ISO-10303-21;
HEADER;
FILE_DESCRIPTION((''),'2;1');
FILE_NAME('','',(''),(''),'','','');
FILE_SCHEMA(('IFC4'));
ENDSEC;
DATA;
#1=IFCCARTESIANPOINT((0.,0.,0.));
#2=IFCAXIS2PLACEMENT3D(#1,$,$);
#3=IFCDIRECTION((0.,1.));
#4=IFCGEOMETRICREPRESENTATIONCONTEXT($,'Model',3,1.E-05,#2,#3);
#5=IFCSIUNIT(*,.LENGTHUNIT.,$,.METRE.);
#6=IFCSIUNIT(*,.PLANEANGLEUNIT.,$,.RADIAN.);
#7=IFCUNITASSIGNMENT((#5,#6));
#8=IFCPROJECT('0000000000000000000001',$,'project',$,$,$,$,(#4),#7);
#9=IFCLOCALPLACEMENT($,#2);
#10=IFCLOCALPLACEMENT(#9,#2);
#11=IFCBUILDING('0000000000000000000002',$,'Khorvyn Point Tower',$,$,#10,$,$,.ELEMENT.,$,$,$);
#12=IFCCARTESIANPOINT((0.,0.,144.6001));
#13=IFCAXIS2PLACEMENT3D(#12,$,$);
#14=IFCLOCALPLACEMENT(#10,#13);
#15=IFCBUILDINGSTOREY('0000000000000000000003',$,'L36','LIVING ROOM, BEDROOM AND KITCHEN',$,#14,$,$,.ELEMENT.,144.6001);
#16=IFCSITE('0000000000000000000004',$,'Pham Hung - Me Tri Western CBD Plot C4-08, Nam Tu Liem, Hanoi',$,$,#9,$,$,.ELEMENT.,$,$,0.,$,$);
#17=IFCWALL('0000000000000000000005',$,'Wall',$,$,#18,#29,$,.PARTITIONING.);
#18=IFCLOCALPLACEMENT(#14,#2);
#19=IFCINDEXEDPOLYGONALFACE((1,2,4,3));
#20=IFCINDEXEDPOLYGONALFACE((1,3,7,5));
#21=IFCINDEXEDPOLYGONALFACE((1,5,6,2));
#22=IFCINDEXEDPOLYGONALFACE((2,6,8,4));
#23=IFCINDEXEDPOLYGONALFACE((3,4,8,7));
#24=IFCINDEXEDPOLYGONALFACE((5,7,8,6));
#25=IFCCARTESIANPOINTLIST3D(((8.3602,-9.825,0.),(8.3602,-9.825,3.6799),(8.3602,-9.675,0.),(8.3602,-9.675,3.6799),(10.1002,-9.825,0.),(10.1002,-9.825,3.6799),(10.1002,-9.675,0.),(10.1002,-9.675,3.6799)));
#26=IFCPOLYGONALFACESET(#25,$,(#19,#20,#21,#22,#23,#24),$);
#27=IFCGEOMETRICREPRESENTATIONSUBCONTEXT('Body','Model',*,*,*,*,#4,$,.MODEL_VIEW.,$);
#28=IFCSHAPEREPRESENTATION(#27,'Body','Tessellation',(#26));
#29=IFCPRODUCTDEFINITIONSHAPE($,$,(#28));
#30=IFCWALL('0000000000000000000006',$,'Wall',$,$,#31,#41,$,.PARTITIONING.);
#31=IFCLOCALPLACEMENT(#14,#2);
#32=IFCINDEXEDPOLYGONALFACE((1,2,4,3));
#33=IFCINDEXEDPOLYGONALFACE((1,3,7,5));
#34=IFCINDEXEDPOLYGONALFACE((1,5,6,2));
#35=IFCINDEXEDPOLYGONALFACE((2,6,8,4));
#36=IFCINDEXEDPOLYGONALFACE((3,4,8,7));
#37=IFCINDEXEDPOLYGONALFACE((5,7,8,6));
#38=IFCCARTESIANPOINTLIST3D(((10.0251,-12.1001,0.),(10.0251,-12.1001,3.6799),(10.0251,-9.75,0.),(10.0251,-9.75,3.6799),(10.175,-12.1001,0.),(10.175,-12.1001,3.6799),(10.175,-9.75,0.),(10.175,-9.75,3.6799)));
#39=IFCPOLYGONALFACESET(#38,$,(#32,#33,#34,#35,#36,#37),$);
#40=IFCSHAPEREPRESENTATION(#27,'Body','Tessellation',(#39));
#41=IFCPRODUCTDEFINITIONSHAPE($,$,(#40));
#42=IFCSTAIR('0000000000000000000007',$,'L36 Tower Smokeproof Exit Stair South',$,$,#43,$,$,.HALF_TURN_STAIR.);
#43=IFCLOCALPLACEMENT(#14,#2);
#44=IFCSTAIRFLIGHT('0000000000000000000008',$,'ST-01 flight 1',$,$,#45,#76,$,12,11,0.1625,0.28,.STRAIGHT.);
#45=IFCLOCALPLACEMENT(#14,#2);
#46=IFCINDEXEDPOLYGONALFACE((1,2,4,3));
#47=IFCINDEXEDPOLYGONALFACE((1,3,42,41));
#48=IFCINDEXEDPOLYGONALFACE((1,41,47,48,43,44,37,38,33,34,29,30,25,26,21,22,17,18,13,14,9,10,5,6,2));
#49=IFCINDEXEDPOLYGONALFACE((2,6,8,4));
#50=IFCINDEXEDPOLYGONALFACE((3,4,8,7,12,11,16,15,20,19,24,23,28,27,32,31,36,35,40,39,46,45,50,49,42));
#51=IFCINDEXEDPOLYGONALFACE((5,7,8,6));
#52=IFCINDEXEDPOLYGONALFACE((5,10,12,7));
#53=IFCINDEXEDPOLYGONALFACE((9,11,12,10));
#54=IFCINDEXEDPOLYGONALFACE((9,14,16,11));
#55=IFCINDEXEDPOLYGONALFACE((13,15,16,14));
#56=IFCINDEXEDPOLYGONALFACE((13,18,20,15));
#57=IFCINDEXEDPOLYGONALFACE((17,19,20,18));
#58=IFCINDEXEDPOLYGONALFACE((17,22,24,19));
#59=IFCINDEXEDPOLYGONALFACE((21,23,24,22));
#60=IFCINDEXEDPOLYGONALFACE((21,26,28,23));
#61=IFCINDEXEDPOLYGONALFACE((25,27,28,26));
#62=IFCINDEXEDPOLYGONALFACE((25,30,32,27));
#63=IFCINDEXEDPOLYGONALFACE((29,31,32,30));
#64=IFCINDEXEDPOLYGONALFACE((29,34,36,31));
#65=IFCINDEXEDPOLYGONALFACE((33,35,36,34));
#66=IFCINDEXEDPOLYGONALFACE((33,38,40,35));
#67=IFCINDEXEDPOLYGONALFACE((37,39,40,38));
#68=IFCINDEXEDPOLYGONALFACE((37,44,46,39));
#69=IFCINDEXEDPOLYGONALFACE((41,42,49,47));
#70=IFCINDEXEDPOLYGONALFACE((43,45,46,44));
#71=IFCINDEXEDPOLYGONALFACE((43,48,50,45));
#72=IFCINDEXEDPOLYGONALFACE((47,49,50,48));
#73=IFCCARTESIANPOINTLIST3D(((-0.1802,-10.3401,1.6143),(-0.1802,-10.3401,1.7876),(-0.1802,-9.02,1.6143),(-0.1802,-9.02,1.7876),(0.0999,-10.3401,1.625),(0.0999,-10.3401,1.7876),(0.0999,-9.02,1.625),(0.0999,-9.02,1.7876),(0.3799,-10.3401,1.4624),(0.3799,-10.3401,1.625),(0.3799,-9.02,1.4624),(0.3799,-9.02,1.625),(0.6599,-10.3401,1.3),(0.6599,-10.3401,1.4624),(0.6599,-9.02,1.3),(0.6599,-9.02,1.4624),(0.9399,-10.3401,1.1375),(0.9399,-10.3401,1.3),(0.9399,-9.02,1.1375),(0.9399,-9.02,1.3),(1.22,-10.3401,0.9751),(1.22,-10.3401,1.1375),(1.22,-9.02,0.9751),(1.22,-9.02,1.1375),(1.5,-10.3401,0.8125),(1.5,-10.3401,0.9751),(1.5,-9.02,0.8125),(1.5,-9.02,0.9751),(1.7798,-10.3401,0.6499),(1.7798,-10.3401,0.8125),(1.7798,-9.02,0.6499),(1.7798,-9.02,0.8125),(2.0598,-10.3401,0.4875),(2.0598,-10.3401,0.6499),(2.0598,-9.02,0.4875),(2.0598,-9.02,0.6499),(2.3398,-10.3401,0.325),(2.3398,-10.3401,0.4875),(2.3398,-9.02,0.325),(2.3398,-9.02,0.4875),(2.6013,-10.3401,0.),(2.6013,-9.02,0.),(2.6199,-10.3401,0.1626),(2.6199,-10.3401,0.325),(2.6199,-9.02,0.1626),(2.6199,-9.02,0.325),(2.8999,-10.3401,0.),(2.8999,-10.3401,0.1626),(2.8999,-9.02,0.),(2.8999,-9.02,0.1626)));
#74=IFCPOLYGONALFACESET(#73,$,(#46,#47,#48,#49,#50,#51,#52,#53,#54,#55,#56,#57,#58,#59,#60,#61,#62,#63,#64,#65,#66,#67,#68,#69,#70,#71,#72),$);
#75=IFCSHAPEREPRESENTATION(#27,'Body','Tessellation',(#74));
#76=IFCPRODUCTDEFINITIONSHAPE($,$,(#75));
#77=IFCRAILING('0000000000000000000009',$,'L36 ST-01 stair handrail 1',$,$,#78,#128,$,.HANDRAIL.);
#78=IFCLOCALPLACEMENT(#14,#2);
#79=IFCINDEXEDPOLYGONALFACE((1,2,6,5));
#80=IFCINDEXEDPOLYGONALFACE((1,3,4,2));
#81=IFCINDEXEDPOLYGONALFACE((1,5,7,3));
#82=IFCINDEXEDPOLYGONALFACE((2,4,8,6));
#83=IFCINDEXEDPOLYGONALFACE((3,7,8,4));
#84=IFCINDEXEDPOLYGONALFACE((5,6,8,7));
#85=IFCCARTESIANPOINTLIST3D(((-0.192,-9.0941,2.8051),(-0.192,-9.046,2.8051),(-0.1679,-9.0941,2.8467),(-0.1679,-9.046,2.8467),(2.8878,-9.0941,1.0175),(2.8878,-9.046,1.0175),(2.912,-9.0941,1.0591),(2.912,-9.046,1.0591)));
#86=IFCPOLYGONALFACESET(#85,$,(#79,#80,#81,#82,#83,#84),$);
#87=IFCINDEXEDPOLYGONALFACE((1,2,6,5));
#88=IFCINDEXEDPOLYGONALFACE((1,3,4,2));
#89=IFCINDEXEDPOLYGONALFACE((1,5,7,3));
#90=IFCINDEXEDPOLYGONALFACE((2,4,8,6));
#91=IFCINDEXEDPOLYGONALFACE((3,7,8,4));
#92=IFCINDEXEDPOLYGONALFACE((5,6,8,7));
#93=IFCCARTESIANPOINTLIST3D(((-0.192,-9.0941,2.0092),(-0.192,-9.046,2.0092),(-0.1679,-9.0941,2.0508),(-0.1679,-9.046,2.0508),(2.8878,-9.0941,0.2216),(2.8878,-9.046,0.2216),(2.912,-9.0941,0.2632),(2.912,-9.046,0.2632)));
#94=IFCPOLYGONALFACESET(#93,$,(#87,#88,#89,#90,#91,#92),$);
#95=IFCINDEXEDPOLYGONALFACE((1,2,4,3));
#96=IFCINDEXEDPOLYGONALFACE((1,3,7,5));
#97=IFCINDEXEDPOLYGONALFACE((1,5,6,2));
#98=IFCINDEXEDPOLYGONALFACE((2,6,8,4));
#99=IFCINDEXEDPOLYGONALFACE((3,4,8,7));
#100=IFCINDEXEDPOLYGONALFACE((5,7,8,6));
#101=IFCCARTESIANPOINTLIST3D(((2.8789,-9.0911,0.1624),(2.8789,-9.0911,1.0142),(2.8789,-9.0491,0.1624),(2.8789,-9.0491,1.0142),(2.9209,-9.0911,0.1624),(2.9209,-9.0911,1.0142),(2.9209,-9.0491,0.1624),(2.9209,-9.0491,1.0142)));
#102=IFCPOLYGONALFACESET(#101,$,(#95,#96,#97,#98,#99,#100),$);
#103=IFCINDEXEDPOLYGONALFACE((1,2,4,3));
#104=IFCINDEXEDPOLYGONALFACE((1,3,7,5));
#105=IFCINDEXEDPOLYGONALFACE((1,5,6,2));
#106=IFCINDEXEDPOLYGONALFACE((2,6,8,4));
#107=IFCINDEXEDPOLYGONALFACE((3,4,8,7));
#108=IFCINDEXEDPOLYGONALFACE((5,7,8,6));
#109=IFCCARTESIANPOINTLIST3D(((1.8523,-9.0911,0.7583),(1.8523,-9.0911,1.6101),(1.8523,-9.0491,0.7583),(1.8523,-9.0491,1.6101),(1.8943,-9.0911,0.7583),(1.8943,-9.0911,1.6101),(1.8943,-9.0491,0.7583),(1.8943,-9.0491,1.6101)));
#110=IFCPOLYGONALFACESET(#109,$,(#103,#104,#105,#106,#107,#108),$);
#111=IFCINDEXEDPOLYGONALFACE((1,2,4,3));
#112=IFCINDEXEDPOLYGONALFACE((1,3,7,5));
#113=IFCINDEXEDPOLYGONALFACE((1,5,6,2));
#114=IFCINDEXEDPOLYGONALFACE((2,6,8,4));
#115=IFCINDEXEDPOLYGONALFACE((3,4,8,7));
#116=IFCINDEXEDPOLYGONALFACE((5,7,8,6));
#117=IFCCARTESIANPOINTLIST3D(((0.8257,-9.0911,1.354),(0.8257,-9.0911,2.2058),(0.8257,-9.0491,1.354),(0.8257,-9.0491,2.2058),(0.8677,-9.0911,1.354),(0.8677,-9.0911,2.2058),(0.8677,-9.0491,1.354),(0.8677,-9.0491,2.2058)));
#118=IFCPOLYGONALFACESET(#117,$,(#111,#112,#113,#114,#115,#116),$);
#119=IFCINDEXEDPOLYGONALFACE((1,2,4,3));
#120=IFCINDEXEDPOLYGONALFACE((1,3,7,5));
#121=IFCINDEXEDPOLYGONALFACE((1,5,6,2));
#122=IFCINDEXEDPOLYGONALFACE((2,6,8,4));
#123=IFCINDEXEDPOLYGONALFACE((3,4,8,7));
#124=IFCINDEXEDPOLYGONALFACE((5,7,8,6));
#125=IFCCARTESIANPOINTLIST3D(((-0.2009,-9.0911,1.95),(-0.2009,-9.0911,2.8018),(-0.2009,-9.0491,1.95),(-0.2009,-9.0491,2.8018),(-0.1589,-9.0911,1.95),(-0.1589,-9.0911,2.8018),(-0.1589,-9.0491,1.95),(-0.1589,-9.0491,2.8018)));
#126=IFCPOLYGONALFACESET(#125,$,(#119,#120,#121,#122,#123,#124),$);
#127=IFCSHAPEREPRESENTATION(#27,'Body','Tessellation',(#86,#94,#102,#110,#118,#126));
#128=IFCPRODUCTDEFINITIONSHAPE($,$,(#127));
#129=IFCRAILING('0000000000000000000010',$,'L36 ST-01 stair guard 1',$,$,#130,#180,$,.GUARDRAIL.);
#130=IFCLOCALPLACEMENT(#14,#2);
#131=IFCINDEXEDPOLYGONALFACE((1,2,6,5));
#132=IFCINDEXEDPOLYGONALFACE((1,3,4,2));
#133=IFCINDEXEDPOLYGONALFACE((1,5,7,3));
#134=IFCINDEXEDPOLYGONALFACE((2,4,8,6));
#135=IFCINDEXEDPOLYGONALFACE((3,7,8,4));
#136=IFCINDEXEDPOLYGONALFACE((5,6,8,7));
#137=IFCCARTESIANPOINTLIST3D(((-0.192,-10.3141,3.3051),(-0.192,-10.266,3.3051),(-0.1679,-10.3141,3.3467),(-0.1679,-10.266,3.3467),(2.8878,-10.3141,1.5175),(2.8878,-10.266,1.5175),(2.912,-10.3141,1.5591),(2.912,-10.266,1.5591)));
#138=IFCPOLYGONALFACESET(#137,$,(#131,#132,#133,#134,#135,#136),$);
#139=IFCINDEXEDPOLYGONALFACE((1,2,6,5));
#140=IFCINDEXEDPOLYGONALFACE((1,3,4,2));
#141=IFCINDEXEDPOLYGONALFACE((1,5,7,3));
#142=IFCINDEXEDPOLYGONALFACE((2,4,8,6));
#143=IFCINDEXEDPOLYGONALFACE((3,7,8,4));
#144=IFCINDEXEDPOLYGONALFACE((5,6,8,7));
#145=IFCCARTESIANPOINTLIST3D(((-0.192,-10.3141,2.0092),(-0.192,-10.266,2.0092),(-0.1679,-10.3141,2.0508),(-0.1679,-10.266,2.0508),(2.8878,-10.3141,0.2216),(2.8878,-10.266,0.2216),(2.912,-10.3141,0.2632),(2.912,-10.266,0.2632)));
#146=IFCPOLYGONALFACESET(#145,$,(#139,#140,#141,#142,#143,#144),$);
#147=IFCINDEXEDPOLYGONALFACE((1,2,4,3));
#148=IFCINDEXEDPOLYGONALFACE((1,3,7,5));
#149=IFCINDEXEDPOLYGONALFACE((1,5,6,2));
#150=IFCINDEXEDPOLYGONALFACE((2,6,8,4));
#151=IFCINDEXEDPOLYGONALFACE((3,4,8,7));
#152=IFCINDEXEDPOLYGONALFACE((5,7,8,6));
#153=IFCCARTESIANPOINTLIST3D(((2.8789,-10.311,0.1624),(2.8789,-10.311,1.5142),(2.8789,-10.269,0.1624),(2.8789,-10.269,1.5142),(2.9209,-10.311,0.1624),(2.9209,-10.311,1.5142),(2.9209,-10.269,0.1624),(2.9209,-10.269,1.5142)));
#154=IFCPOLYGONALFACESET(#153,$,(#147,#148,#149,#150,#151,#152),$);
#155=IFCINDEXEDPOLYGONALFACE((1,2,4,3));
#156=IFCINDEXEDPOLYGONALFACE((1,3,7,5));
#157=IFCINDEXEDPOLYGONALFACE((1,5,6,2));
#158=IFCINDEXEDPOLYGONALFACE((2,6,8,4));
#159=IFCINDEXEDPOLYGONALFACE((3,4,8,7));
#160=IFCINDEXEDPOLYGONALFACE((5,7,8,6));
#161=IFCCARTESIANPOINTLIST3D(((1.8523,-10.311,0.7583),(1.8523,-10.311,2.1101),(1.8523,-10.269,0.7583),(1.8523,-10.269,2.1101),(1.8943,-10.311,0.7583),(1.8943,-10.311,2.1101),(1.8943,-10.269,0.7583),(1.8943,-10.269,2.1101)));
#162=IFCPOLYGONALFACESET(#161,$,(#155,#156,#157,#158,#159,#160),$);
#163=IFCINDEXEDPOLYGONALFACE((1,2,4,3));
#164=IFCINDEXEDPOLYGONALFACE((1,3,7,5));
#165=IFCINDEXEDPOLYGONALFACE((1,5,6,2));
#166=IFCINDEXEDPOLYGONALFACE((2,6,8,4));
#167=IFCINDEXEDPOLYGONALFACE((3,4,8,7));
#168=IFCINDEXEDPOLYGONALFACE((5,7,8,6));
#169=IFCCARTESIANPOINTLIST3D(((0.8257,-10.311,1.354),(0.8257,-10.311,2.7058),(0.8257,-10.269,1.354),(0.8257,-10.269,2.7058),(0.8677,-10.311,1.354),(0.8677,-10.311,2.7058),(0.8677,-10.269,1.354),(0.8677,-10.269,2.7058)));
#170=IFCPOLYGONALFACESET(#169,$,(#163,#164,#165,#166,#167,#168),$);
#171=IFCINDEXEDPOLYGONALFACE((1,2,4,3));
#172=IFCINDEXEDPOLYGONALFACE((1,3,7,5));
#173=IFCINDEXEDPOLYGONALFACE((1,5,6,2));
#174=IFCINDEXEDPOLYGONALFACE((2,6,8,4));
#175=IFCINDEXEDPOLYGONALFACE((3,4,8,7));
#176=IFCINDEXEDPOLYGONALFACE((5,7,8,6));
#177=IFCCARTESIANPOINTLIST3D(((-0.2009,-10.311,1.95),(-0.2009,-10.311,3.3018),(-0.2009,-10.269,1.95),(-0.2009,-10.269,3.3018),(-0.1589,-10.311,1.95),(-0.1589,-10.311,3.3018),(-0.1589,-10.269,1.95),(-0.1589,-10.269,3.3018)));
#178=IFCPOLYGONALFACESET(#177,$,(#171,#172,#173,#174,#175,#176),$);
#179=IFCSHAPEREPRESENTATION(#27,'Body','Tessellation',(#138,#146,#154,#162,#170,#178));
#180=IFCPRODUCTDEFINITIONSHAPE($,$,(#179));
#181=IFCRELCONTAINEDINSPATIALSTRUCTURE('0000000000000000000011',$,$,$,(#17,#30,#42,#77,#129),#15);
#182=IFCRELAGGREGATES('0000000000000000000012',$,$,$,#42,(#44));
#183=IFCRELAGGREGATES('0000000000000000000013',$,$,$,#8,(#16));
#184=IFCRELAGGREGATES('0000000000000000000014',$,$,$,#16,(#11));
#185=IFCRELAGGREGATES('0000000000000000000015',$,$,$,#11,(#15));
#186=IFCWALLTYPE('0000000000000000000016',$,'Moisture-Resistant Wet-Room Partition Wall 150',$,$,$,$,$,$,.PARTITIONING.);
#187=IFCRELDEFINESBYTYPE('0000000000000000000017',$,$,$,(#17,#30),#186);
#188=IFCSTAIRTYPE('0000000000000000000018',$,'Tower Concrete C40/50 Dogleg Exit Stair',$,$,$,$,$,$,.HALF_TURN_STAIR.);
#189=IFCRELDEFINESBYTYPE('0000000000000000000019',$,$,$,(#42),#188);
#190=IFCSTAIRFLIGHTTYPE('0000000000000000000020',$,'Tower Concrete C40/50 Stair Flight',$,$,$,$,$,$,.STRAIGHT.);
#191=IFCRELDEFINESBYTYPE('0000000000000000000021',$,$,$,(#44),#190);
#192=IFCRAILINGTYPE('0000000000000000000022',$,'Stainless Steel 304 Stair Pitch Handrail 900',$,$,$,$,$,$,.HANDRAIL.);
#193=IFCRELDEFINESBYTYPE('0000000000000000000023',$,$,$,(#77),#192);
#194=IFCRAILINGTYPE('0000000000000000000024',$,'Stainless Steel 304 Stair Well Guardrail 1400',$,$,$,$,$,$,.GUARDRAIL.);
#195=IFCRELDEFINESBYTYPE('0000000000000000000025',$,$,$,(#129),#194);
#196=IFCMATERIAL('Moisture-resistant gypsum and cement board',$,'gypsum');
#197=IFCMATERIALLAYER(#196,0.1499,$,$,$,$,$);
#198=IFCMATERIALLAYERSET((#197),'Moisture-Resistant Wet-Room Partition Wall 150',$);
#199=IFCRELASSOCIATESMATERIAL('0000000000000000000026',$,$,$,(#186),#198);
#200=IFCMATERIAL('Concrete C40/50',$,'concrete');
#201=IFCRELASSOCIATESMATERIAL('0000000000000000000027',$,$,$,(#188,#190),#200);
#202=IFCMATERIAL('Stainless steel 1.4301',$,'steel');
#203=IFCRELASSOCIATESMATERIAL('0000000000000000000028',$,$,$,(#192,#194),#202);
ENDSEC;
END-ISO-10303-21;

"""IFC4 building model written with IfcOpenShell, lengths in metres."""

from ifc_helpers import new_model, si_unit, direction, frame, frame_2d, origin, origin_2d, place, context, subcontext, project, spatial, polyline, rectangle, outline, extrude, material, layer, layer_set, type_object, element, aggregate, save


model = new_model("IFC4")

# Units and contexts
model_context = context("Model", 3, precision=1e-05, world=origin(), true_north=direction((0.0, 1.0)))
body_context = subcontext(model_context, "Body", "Model", "MODEL_VIEW")
ifc_project = project(units=[si_unit("LENGTHUNIT", "METRE"), si_unit("PLANEANGLEUNIT", "RADIAN")], contexts=[model_context])

# Site, building, storey
site_placement = place(None, origin())
site = spatial("IfcSite", under=ifc_project, at=site_placement, Name="Pham Hung - Me Tri Western CBD Plot C4-08, Nam Tu Liem, Hanoi", CompositionType="ELEMENT", RefElevation=0.0)
building_placement = place(site_placement, origin())
building = spatial("IfcBuilding", under=site, at=building_placement, Name="Khorvyn Point Tower", CompositionType="ELEMENT")
storey_placement = place(building_placement, frame((0.0, 0.0, 144.6001)))
storey = spatial("IfcBuildingStorey", under=building, at=storey_placement, Name="L36", Description="LIVING ROOM, BEDROOM AND KITCHEN", CompositionType="ELEMENT", Elevation=144.6001)

# Shared definitions
ifc_material_1 = material(Name="Concrete C40/50", Category="concrete")

# Shared definitions
ifc_material_2 = material(Name="Moisture-resistant gypsum and cement board", Category="gypsum")
ifc_layer_1 = layer(ifc_material_2, 0.1499)
ifc_layer_set_1 = layer_set([ifc_layer_1], Name="Moisture-Resistant Wet-Room Partition Wall 150")
wall_type_1 = type_object("IfcWallType", Name="Moisture-Resistant Wet-Room Partition Wall 150", PredefinedType="PARTITIONING", material=ifc_layer_set_1)

# Walls
wall_1_placement = place(storey_placement, frame((8.3601, -9.75, 0.0), z_axis=(0.0, 0.0, 1.0), x_axis=(1.0, 0.0, 0.0)))
element("IfcWall", 1, at=wall_1_placement, inside=storey, type_object=wall_type_1, Name="Wall", PredefinedType="PARTITIONING", context=body_context, shape_type="SweptSolid", body=[
    extrude(rectangle(XDim=1.74, YDim=0.1499, at=frame_2d((0.8701, 0.0))), origin(), (0.0, 0.0, 1.0), 3.6799),
])
wall_2_placement = place(storey_placement, frame((10.1001, -12.1001, 0.0), z_axis=(0.0, 0.0, 1.0), x_axis=(0.0, 1.0, 0.0)))
element("IfcWall", 2, at=wall_2_placement, inside=storey, type_object=wall_type_1, Name="Wall", PredefinedType="PARTITIONING", context=body_context, shape_type="SweptSolid", body=[
    extrude(rectangle(XDim=2.3501, YDim=0.1499, at=frame_2d((1.175, 0.0))), origin(), (0.0, 0.0, 1.0), 3.6799),
])

# Stair, stair flight
stair_type = type_object("IfcStairType", Name="Tower Concrete C40/50 Dogleg Exit Stair", PredefinedType="HALF_TURN_STAIR", material=ifc_material_1)
stair_placement = place(storey_placement, origin())
stair = element("IfcStair", 3, at=stair_placement, inside=storey, type_object=stair_type, Name="L36 Tower Smokeproof Exit Stair South", PredefinedType="HALF_TURN_STAIR")
stair_flight_type = type_object("IfcStairFlightType", Name="Tower Concrete C40/50 Stair Flight", PredefinedType="STRAIGHT", material=ifc_material_1)
stair_flight_placement = place(storey_placement, frame((2.8999, -9.6799, 0.0), z_axis=(0.0, 0.0, 1.0), x_axis=(-1.0, 0.0, 0.0)))
stair_flight = element("IfcStairFlight", 4, at=stair_flight_placement, type_object=stair_flight_type, Name="ST-01 flight 1", NumberOfRisers=12, NumberOfTreads=11, PredefinedType="STRAIGHT", RiserHeight=0.1625, TreadLength=0.28, context=body_context, shape_type="SweptSolid", body=[
    extrude(outline(polyline([(0.0, 0.0), (0.0, 0.1626), (0.28, 0.1626), (0.28, 0.325), (0.5601, 0.325), (0.5601, 0.4875), (0.8401, 0.4875), (0.8401, 0.6499), (1.1201, 0.6499), (1.1201, 0.8125), (1.3999, 0.8125), (1.3999, 0.9751), (1.6799, 0.9751), (1.6799, 1.1375), (1.96, 1.1375), (1.96, 1.3), (2.24, 1.3), (2.24, 1.4624), (2.52, 1.4624), (2.52, 1.625), (2.8, 1.625), (2.8, 1.7876), (3.0801, 1.7876), (3.0801, 1.95), (3.0801, 1.6143), (0.2986, 0.0), (0.0, 0.0)])), frame((0.0, 0.6602, 0.0), z_axis=(0.0, -1.0, 0.0), x_axis=(1.0, 0.0, 0.0)), (0.0, 0.0, 1.0), 1.3201),
])
aggregate(stair, [stair_flight])

# Railings
ifc_material_3 = material(Name="Stainless steel 1.4301", Category="steel")
railing_type_1 = type_object("IfcRailingType", Name="Stainless Steel 304 Stair Pitch Handrail 900", PredefinedType="HANDRAIL", material=ifc_material_3)
railing_1_placement = place(storey_placement, frame((2.8999, -9.0701, 0.1624)))
element("IfcRailing", 5, at=railing_1_placement, inside=storey, type_object=railing_type_1, Name="L36 ST-01 stair handrail 1", PredefinedType="HANDRAIL", context=body_context, shape_type="SweptSolid", body=[
    extrude(rectangle(XDim=0.0481, YDim=0.0481, at=origin_2d()), frame((0.0, 0.0, 0.876), z_axis=(-0.864873, 0.0, 0.50199), x_axis=(0.0, -1.0, 0.0)), (0.0, 0.0, 1.0), 3.561),
    extrude(rectangle(XDim=0.0481, YDim=0.0481, at=origin_2d()), frame((0.0, 0.0, 0.0801), z_axis=(-0.864873, 0.0, 0.50199), x_axis=(0.0, -1.0, 0.0)), (0.0, 0.0, 1.0), 3.561),
    extrude(rectangle(XDim=0.042, YDim=0.042, at=origin_2d()), origin(), (0.0, 0.0, 1.0), 0.8518),
    extrude(rectangle(XDim=0.042, YDim=0.042, at=origin_2d()), frame((-1.0266, 0.0, 0.5959)), (0.0, 0.0, 1.0), 0.8518),
    extrude(rectangle(XDim=0.042, YDim=0.042, at=origin_2d()), frame((-2.0532, 0.0, 1.1917)), (0.0, 0.0, 1.0), 0.8518),
    extrude(rectangle(XDim=0.042, YDim=0.042, at=origin_2d()), frame((-3.0798, 0.0, 1.7876)), (0.0, 0.0, 1.0), 0.8518),
])
railing_type_2 = type_object("IfcRailingType", Name="Stainless Steel 304 Stair Well Guardrail 1400", PredefinedType="GUARDRAIL", material=ifc_material_3)
railing_2_placement = place(storey_placement, frame((2.8999, -10.29, 0.1624)))
element("IfcRailing", 6, at=railing_2_placement, inside=storey, type_object=railing_type_2, Name="L36 ST-01 stair guard 1", PredefinedType="GUARDRAIL", context=body_context, shape_type="SweptSolid", body=[
    extrude(rectangle(XDim=0.0481, YDim=0.0481, at=origin_2d()), frame((0.0, 0.0, 1.376), z_axis=(-0.864873, 0.0, 0.50199), x_axis=(0.0, -1.0, 0.0)), (0.0, 0.0, 1.0), 3.561),
    extrude(rectangle(XDim=0.0481, YDim=0.0481, at=origin_2d()), frame((0.0, 0.0, 0.0801), z_axis=(-0.864873, 0.0, 0.50199), x_axis=(0.0, -1.0, 0.0)), (0.0, 0.0, 1.0), 3.561),
    extrude(rectangle(XDim=0.042, YDim=0.042, at=origin_2d()), origin(), (0.0, 0.0, 1.0), 1.3518),
    extrude(rectangle(XDim=0.042, YDim=0.042, at=origin_2d()), frame((-1.0266, 0.0, 0.5959)), (0.0, 0.0, 1.0), 1.3518),
    extrude(rectangle(XDim=0.042, YDim=0.042, at=origin_2d()), frame((-2.0532, 0.0, 1.1917)), (0.0, 0.0, 1.0), 1.3518),
    extrude(rectangle(XDim=0.042, YDim=0.042, at=origin_2d()), frame((-3.0798, 0.0, 1.7876)), (0.0, 0.0, 1.0), 1.3518),
])

save(model, "model.ifc")
